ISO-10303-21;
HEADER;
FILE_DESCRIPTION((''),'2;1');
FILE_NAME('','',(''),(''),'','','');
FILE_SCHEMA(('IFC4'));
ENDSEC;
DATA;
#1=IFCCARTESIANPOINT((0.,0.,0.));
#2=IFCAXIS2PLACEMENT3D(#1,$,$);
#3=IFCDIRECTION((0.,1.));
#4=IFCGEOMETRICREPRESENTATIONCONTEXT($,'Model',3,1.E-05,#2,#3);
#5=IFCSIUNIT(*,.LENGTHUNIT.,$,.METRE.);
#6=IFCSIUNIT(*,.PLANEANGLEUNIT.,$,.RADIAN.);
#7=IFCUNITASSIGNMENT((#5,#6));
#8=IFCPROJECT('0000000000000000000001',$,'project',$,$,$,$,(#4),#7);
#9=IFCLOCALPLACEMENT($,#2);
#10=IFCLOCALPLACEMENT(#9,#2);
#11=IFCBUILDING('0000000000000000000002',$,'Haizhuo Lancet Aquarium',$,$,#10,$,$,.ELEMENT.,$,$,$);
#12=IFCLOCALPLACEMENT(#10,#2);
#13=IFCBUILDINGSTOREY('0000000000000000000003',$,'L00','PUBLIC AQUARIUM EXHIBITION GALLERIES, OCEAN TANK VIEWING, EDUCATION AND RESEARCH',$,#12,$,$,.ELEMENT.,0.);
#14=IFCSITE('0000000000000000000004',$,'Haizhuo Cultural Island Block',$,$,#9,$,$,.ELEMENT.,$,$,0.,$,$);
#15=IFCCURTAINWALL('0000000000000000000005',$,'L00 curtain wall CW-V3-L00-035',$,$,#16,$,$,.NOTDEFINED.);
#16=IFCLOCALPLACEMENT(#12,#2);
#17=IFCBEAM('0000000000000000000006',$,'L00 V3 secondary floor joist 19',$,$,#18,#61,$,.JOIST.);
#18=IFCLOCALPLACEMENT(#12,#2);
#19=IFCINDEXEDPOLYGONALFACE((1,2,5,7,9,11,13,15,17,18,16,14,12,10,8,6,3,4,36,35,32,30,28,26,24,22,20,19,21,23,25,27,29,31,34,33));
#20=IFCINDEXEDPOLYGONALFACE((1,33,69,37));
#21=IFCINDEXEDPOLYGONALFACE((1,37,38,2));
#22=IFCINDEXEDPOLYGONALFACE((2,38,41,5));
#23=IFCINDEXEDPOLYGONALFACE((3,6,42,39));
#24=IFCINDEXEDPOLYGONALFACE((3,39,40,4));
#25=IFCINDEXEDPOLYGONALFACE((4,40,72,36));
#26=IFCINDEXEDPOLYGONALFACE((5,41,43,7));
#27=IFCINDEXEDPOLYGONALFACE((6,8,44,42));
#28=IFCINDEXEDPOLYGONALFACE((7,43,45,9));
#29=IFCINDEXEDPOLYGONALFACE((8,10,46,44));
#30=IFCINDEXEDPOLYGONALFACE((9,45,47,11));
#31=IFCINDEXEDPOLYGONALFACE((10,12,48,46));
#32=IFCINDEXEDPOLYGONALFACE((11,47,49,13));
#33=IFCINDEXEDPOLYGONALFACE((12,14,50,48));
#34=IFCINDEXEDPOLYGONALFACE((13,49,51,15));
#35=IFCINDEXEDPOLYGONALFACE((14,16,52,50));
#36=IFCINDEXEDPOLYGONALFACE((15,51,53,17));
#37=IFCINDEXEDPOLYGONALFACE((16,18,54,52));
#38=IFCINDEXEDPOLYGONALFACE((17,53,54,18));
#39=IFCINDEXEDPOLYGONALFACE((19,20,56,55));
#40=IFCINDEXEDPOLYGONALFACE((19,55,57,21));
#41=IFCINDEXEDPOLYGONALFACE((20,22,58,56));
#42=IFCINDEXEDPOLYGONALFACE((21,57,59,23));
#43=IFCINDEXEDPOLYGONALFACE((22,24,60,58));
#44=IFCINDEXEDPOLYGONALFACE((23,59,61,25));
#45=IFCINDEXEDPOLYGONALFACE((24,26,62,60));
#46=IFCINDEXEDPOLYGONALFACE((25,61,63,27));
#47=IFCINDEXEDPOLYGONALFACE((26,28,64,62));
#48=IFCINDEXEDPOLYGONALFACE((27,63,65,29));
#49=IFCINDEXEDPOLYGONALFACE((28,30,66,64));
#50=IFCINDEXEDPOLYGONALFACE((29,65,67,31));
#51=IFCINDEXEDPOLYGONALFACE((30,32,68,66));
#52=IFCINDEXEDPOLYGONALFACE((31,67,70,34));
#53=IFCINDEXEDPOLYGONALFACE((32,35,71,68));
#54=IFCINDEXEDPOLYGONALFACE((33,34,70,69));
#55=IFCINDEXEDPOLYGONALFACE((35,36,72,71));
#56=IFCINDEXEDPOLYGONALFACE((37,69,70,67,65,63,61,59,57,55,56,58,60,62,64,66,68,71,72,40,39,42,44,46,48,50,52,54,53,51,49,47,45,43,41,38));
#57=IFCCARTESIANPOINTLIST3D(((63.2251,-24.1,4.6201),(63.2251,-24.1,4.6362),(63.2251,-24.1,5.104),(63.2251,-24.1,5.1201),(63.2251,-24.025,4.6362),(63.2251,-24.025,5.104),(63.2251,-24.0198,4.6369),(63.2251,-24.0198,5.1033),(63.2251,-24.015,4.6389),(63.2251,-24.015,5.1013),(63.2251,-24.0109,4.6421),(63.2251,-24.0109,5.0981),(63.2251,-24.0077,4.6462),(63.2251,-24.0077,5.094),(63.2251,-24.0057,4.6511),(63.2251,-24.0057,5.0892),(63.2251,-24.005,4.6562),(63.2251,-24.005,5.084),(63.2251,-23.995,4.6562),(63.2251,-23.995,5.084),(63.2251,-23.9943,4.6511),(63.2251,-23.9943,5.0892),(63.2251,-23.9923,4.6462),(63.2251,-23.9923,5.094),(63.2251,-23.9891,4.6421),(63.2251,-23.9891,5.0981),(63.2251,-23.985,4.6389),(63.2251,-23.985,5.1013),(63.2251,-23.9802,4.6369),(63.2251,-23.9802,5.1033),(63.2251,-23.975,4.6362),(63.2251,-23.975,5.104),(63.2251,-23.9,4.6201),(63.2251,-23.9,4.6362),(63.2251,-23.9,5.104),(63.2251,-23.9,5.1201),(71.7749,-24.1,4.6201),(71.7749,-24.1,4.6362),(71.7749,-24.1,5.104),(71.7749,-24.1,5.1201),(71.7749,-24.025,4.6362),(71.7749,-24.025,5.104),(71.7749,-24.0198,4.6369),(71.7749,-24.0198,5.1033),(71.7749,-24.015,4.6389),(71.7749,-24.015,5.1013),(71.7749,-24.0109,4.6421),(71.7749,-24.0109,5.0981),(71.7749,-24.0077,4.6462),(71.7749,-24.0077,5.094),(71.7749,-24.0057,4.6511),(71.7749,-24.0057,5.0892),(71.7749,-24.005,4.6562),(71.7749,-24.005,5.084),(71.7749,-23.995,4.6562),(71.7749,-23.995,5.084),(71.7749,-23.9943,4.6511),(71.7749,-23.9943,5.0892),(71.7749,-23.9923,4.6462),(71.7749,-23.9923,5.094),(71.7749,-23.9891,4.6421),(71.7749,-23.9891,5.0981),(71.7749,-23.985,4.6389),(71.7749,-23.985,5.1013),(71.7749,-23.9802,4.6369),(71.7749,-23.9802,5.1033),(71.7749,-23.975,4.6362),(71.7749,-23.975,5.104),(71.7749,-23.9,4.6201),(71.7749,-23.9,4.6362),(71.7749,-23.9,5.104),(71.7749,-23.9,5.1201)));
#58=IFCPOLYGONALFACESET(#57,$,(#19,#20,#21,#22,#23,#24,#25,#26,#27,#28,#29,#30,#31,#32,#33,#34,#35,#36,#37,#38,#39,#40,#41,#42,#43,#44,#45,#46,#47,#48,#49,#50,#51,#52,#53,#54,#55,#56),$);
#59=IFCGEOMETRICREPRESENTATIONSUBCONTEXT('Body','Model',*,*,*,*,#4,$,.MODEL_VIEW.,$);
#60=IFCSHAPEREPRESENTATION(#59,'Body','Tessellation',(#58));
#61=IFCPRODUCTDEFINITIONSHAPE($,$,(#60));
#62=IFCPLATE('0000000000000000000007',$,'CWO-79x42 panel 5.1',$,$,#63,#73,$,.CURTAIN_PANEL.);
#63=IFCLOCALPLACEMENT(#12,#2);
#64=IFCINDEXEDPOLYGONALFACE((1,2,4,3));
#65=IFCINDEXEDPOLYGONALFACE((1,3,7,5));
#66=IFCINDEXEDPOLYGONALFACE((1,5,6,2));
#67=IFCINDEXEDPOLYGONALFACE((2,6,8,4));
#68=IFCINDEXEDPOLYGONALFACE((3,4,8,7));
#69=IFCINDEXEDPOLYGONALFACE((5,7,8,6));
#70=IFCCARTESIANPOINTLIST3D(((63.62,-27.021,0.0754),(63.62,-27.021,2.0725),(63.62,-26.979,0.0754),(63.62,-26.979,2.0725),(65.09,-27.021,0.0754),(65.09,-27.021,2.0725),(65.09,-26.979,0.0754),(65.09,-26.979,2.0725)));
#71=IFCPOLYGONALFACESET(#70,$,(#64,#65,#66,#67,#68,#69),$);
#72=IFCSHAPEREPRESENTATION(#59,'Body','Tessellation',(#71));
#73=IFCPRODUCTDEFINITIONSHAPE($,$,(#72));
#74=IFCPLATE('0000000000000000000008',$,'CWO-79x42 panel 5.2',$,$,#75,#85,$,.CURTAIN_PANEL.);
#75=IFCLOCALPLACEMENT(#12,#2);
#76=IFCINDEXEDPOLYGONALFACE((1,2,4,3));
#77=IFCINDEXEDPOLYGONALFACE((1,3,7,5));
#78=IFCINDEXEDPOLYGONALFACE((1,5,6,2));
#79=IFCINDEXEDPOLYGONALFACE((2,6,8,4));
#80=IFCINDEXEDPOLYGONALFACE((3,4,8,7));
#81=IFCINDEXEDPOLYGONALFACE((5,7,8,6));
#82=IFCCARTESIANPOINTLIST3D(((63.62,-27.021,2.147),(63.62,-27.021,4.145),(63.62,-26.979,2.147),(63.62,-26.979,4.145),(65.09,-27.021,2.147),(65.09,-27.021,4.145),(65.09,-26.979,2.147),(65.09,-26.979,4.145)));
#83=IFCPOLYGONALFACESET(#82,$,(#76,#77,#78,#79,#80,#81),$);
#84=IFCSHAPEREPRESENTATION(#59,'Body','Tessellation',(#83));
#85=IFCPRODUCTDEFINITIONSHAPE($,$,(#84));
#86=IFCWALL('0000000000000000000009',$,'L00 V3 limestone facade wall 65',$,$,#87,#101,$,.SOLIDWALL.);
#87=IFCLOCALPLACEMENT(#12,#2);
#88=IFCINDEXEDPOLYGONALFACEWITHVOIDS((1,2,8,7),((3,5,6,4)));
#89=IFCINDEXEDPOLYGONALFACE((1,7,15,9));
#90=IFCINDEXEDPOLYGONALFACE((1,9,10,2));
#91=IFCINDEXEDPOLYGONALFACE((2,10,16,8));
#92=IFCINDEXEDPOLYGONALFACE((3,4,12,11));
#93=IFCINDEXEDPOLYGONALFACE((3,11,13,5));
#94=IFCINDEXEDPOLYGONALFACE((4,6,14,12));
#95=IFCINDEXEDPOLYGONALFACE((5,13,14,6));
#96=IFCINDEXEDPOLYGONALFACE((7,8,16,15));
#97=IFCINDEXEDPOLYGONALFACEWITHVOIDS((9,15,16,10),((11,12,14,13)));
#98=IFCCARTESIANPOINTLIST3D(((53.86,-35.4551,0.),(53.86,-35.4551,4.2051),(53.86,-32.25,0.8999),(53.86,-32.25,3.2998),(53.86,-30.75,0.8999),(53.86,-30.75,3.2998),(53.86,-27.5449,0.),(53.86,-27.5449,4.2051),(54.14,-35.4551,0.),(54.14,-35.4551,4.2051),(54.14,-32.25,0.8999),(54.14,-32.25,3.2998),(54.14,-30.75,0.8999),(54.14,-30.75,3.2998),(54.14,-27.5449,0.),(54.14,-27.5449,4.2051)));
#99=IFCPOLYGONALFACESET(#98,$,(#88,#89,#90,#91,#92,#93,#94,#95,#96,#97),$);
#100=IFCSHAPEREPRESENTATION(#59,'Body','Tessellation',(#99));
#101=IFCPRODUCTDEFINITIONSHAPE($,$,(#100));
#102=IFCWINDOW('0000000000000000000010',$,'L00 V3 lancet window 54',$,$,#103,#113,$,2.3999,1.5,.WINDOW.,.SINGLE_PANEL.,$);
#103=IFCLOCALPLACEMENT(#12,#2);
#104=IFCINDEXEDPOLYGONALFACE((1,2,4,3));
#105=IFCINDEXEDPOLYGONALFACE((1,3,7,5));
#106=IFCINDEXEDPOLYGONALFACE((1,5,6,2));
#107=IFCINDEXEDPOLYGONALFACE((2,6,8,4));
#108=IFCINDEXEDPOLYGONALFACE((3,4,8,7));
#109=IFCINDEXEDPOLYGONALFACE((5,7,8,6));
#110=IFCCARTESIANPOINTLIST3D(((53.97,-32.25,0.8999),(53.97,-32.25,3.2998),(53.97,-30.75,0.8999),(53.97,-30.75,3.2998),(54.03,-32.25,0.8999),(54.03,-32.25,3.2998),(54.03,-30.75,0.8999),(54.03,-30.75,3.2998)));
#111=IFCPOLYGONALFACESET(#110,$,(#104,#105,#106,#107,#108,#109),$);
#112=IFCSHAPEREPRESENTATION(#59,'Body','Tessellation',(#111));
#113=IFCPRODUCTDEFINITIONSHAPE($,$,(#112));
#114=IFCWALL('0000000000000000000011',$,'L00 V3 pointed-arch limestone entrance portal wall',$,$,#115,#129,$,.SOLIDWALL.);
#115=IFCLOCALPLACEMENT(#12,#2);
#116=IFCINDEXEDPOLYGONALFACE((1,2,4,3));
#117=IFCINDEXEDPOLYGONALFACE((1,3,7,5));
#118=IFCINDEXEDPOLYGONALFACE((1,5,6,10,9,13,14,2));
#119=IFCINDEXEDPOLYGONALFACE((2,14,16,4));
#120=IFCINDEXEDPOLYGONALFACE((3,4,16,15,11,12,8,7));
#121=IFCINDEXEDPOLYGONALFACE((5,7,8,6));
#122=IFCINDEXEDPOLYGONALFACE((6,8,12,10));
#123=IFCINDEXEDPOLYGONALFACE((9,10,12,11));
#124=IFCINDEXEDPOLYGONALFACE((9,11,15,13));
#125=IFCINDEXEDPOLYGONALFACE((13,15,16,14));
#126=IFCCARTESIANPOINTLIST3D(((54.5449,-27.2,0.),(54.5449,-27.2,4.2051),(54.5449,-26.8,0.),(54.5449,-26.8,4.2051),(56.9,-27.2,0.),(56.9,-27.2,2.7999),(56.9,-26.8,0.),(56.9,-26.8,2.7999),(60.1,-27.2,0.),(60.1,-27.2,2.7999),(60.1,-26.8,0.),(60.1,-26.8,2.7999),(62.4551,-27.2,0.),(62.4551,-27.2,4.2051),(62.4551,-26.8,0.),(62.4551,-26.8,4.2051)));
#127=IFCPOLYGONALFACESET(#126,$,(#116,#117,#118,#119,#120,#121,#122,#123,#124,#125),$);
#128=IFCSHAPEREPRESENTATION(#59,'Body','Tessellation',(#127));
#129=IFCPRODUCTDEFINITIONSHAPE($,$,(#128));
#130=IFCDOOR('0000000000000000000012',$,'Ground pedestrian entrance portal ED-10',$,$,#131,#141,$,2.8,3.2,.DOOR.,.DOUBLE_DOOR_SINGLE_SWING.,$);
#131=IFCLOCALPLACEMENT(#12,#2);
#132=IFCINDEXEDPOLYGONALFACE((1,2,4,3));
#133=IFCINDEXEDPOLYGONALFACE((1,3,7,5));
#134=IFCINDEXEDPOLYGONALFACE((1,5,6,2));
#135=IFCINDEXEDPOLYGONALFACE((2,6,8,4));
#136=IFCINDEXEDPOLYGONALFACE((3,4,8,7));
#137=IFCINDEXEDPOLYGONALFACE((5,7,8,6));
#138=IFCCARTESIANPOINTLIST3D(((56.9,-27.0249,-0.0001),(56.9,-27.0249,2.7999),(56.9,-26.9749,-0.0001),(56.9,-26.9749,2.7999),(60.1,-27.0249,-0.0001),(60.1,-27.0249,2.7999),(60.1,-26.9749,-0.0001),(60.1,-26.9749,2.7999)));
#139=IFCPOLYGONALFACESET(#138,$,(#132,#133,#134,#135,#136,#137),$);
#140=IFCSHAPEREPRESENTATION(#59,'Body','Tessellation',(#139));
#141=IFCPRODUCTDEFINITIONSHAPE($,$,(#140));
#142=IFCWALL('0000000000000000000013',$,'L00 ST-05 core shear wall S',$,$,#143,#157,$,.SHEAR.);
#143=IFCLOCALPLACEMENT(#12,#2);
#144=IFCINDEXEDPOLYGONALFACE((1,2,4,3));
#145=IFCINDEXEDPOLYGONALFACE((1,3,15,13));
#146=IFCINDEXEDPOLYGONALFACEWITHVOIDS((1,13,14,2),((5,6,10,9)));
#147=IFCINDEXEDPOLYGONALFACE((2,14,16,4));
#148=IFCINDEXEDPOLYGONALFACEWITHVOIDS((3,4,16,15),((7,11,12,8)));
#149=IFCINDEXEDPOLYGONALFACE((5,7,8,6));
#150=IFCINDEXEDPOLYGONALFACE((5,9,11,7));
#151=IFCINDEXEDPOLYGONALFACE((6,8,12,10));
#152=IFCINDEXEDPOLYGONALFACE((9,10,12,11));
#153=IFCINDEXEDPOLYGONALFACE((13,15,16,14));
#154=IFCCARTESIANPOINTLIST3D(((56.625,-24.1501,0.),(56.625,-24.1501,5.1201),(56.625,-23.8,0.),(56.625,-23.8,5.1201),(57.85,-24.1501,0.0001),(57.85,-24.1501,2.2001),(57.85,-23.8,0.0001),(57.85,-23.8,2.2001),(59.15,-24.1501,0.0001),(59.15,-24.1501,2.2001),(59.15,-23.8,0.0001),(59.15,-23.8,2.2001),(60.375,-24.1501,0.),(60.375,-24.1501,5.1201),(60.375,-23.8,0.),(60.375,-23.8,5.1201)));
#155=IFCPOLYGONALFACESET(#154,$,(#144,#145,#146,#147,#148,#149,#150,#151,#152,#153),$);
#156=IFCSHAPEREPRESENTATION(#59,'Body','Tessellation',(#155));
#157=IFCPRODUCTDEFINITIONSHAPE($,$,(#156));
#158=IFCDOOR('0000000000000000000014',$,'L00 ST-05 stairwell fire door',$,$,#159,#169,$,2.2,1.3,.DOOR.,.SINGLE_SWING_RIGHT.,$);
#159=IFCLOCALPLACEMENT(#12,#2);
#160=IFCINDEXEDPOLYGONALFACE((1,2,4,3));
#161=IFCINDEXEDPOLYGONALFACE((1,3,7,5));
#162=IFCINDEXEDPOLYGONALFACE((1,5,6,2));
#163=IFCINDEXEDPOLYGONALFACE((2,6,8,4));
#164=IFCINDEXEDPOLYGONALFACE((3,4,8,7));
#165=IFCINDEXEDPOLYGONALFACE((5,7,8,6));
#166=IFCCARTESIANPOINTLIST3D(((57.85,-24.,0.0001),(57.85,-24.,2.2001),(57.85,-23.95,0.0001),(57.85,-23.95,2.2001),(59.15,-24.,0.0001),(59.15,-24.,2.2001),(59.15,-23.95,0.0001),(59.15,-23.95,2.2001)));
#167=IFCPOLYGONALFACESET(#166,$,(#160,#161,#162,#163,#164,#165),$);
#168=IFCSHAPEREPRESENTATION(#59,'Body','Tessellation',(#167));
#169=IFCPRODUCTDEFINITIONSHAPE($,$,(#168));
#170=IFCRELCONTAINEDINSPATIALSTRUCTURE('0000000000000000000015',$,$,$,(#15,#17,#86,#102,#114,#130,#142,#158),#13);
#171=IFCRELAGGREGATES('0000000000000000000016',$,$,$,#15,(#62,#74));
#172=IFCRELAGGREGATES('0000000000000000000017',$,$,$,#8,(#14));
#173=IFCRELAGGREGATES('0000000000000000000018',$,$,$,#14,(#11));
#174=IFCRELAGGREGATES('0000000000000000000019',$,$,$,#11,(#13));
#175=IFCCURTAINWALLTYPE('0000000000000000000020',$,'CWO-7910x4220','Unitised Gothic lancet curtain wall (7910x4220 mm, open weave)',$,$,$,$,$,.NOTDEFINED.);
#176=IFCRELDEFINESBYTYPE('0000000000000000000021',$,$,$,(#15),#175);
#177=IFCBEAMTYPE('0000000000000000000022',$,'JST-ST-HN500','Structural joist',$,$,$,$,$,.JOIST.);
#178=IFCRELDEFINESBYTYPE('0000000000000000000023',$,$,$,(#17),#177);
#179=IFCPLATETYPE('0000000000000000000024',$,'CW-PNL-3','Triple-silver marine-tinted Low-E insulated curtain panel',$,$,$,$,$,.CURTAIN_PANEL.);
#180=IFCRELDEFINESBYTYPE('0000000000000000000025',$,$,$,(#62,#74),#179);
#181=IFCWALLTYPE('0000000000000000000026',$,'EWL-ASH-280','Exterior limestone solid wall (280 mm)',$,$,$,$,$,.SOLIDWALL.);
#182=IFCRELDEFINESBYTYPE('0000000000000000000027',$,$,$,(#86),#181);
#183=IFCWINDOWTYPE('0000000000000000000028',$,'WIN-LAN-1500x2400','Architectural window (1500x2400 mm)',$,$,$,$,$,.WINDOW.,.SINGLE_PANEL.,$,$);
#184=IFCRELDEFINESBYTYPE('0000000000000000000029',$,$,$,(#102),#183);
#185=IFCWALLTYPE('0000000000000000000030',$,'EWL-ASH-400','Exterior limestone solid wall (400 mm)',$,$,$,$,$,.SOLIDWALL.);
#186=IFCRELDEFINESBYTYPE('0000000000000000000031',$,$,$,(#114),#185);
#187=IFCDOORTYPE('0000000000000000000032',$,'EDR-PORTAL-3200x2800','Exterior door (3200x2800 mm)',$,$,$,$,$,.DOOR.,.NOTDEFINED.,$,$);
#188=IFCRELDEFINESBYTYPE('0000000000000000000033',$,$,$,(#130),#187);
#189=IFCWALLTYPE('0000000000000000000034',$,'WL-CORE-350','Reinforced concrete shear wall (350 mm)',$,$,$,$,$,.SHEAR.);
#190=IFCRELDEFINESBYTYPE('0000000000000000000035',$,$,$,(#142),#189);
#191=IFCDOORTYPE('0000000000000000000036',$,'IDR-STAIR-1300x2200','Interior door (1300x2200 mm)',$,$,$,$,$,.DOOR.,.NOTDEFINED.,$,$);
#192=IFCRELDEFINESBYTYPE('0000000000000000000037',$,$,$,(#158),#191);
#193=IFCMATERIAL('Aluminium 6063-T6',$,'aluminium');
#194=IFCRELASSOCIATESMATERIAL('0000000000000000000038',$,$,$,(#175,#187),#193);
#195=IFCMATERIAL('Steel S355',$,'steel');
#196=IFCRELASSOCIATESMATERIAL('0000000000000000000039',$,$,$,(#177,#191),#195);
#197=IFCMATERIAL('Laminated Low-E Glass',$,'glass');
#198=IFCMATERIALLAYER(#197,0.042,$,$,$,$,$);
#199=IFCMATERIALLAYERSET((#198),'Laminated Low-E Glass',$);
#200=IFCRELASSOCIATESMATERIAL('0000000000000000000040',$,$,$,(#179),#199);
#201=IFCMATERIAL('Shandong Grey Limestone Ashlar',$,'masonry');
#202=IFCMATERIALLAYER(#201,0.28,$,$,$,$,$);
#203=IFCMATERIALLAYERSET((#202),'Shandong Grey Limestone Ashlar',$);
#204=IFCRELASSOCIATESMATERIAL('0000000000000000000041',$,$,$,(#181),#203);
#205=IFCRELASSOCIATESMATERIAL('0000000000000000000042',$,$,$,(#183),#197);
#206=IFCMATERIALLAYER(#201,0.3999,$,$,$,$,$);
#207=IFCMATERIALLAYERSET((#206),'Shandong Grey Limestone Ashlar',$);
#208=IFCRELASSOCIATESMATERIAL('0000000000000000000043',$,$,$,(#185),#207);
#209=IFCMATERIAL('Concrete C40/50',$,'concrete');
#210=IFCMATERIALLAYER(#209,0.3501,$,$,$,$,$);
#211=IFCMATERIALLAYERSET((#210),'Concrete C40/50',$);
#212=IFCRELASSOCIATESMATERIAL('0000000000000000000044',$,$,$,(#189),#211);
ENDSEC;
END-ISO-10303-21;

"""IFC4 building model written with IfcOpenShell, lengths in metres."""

from ifc_helpers import new_model, si_unit, direction, frame, frame_2d, origin, origin_2d, place, context, subcontext, project, spatial, rectangle, i_section, extrude, material, layer, layer_set, material_profile, profile_set, type_object, element, fill, aggregate, save


model = new_model("IFC4")

# Units and contexts
model_context = context("Model", 3, precision=1e-05, world=origin(), true_north=direction((0.0, 1.0)))
body_context = subcontext(model_context, "Body", "Model", "MODEL_VIEW")
ifc_project = project(units=[si_unit("LENGTHUNIT", "METRE"), si_unit("PLANEANGLEUNIT", "RADIAN")], contexts=[model_context])

# Site, building, storey
site_placement = place(None, origin())
site = spatial("IfcSite", under=ifc_project, at=site_placement, Name="Haizhuo Cultural Island Block", CompositionType="ELEMENT", RefElevation=0.0)
building_placement = place(site_placement, origin())
building = spatial("IfcBuilding", under=site, at=building_placement, Name="Haizhuo Lancet Aquarium", CompositionType="ELEMENT")
storey_placement = place(building_placement, origin())
storey = spatial("IfcBuildingStorey", under=building, at=storey_placement, Name="L00", Description="PUBLIC AQUARIUM EXHIBITION GALLERIES, OCEAN TANK VIEWING, EDUCATION AND RESEARCH", CompositionType="ELEMENT", Elevation=0.0)

# Shared definitions
ifc_material_1 = material(Name="Concrete C40/50", Category="concrete")

# Curtain wall
ifc_material_2 = material(Name="Aluminium 6063-T6", Category="aluminium")
curtain_wall_type = type_object("IfcCurtainWallType", Name="CWO-7910x4220", Description="Unitised Gothic lancet curtain wall (7910x4220 mm, open weave)", PredefinedType="NOTDEFINED", material=ifc_material_2)
curtain_wall_placement = place(storey_placement, origin())
curtain_wall = element("IfcCurtainWall", 1, at=curtain_wall_placement, inside=storey, type_object=curtain_wall_type, Name="L00 curtain wall CW-V3-L00-035", PredefinedType="NOTDEFINED")

# Beam
ifc_material_3 = material(Name="Steel S355", Category="steel")
ifc_material_profile_1 = material_profile(ifc_material_3, i_section(OverallWidth=0.2, OverallDepth=0.5, WebThickness=0.01, FlangeThickness=0.0161, FilletRadius=0.02, at=origin_2d()), Name="HN 500x200x10x16")
ifc_profile_set_1 = profile_set([ifc_material_profile_1], Name="Steel S355")
beam_type_1 = type_object("IfcBeamType", Name="JST-ST-HN500", Description="Structural joist", PredefinedType="JOIST", material=ifc_profile_set_1)
beam_1_placement = place(storey_placement, frame((63.2251, -24.0, 4.8701), z_axis=(1.0, 0.0, 0.0), x_axis=(0.0, 1.0, 0.0)))
element("IfcBeam", 2, at=beam_1_placement, inside=storey, type_object=beam_type_1, Name="L00 V3 secondary floor joist 19", PredefinedType="JOIST", context=body_context, shape_type="SweptSolid", body=[
    extrude(i_section(OverallWidth=0.2, OverallDepth=0.5, WebThickness=0.01, FlangeThickness=0.0161, FilletRadius=0.02, at=origin_2d()), origin(), (0.0, 0.0, 1.0), 8.5498),
])

# Plates
ifc_material_4 = material(Name="Laminated Low-E Glass", Category="glass")
ifc_layer_1 = layer(ifc_material_4, 0.042)
ifc_layer_set_1 = layer_set([ifc_layer_1], Name="Laminated Low-E Glass")
plate_type = type_object("IfcPlateType", Name="CW-PNL-3", Description="Triple-silver marine-tinted Low-E insulated curtain panel", PredefinedType="CURTAIN_PANEL", material=ifc_layer_set_1)
plate_1_placement = place(storey_placement, frame((64.355, -27.0, 0.0754), z_axis=(0.0, 0.0, 1.0), x_axis=(-1.0, 0.0, 0.0)))
plate_1 = element("IfcPlate", 3, at=plate_1_placement, type_object=plate_type, Name="CWO-79x42 panel 5.1", PredefinedType="CURTAIN_PANEL", context=body_context, shape_type="SweptSolid", body=[
    extrude(rectangle(XDim=1.47, YDim=0.042, at=origin_2d()), origin(), (0.0, 0.0, 1.0), 1.9971),
])
plate_2_placement = place(storey_placement, frame((64.355, -27.0, 2.147), z_axis=(0.0, 0.0, 1.0), x_axis=(-1.0, 0.0, 0.0)))
plate_2 = element("IfcPlate", 4, at=plate_2_placement, type_object=plate_type, Name="CWO-79x42 panel 5.2", PredefinedType="CURTAIN_PANEL", context=body_context, shape_type="SweptSolid", body=[
    extrude(rectangle(XDim=1.47, YDim=0.042, at=origin_2d()), origin(), (0.0, 0.0, 1.0), 1.998),
])
aggregate(curtain_wall, [plate_1, plate_2])

# Wall, opening, window
ifc_material_5 = material(Name="Shandong Grey Limestone Ashlar", Category="masonry")
ifc_layer_2 = layer(ifc_material_5, 0.28)
ifc_layer_set_2 = layer_set([ifc_layer_2], Name="Shandong Grey Limestone Ashlar")
wall_type_1 = type_object("IfcWallType", Name="EWL-ASH-280", Description="Exterior limestone solid wall (280 mm)", PredefinedType="SOLIDWALL", material=ifc_layer_set_2)
wall_1_placement = place(storey_placement, frame((54.0, -27.5449, 0.0), z_axis=(0.0, 0.0, 1.0), x_axis=(0.0, -1.0, 0.0)))
wall_1 = element("IfcWall", 5, at=wall_1_placement, inside=storey, type_object=wall_type_1, Name="L00 V3 limestone facade wall 65", PredefinedType="SOLIDWALL", context=body_context, shape_type="SweptSolid", body=[
    extrude(rectangle(XDim=7.9102, YDim=0.28, at=frame_2d((3.9551, 0.0))), origin(), (0.0, 0.0, 1.0), 4.2051),
])
opening_1_placement = place(wall_1_placement, frame((3.2051, 0.0, 0.8999)))
opening_1 = element("IfcOpeningElement", 6, at=opening_1_placement, cuts=wall_1, PredefinedType="OPENING", context=body_context, shape_type="SweptSolid", body=[
    extrude(rectangle(XDim=1.5, YDim=2.3999, at=frame_2d((0.75, 1.2))), frame((0.0, 0.1499, 0.0), z_axis=(0.0, -1.0, 0.0), x_axis=(1.0, 0.0, 0.0)), (0.0, 0.0, 1.0), 0.3),
])
window_type = type_object("IfcWindowType", Name="WIN-LAN-1500x2400", Description="Architectural window (1500x2400 mm)", PartitioningType="SINGLE_PANEL", PredefinedType="WINDOW", material=ifc_material_4)
window_placement = place(opening_1_placement, origin())
window = element("IfcWindow", 7, at=window_placement, inside=storey, type_object=window_type, Name="L00 V3 lancet window 54", OverallHeight=2.3999, OverallWidth=1.5, PartitioningType="SINGLE_PANEL", PredefinedType="WINDOW", context=body_context, shape_type="SweptSolid", body=[
    extrude(rectangle(XDim=1.5, YDim=2.3999, at=frame_2d((0.75, 1.2))), frame((0.0, 0.03, 0.0), z_axis=(0.0, -1.0, 0.0), x_axis=(1.0, 0.0, 0.0)), (0.0, 0.0, 1.0), 0.0601),
])
fill(opening_1, window)

# Walls, openings, doors
ifc_layer_3 = layer(ifc_material_5, 0.3999)
ifc_layer_set_3 = layer_set([ifc_layer_3], Name="Shandong Grey Limestone Ashlar")
wall_type_2 = type_object("IfcWallType", Name="EWL-ASH-400", Description="Exterior limestone solid wall (400 mm)", PredefinedType="SOLIDWALL", material=ifc_layer_set_3)
wall_2_placement = place(storey_placement, frame((62.4551, -27.0, 0.0), z_axis=(0.0, 0.0, 1.0), x_axis=(-1.0, 0.0, 0.0)))
wall_2 = element("IfcWall", 8, at=wall_2_placement, inside=storey, type_object=wall_type_2, Name="L00 V3 pointed-arch limestone entrance portal wall", PredefinedType="SOLIDWALL", context=body_context, shape_type="SweptSolid", body=[
    extrude(rectangle(XDim=7.9102, YDim=0.3999, at=frame_2d((3.9551, 0.0))), origin(), (0.0, 0.0, 1.0), 4.2051),
])
opening_2_placement = place(wall_2_placement, frame((2.355, 0.0, 0.0)))
opening_2 = element("IfcOpeningElement", 9, at=opening_2_placement, cuts=wall_2, PredefinedType="OPENING", context=body_context, shape_type="SweptSolid", body=[
    extrude(rectangle(XDim=3.2, YDim=2.8, at=frame_2d((1.6001, 1.3999))), frame((0.0, 0.21, 0.0), z_axis=(0.0, -1.0, 0.0), x_axis=(1.0, 0.0, 0.0)), (0.0, 0.0, 1.0), 0.4199),
])
door_type_1 = type_object("IfcDoorType", Name="EDR-PORTAL-3200x2800", Description="Exterior door (3200x2800 mm)", OperationType="NOTDEFINED", PredefinedType="DOOR", material=ifc_material_2)
door_1_placement = place(opening_2_placement, origin())
door_1 = element("IfcDoor", 10, at=door_1_placement, inside=storey, type_object=door_type_1, Name="Ground pedestrian entrance portal ED-10", OperationType="DOUBLE_DOOR_SINGLE_SWING", OverallHeight=2.8, OverallWidth=3.2, PredefinedType="DOOR", context=body_context, shape_type="SweptSolid", body=[
    extrude(rectangle(XDim=3.2, YDim=2.8, at=frame_2d((1.6001, 1.3999))), frame((0.0, 0.0249, 0.0), z_axis=(0.0, -1.0, 0.0), x_axis=(1.0, 0.0, 0.0)), (0.0, 0.0, 1.0), 0.05),
])
fill(opening_2, door_1)
ifc_layer_4 = layer(ifc_material_1, 0.3501)
ifc_layer_set_4 = layer_set([ifc_layer_4], Name="Concrete C40/50")
wall_type_3 = type_object("IfcWallType", Name="WL-CORE-350", Description="Reinforced concrete shear wall (350 mm)", PredefinedType="SHEAR", material=ifc_layer_set_4)
wall_3_placement = place(storey_placement, frame((60.375, -23.9751, 0.0), z_axis=(0.0, 0.0, 1.0), x_axis=(-1.0, 0.0, 0.0)))
wall_3 = element("IfcWall", 11, at=wall_3_placement, inside=storey, type_object=wall_type_3, Name="L00 ST-05 core shear wall S", PredefinedType="SHEAR", context=body_context, shape_type="SweptSolid", body=[
    extrude(rectangle(XDim=3.75, YDim=0.3501, at=frame_2d((1.875, 0.0))), origin(), (0.0, 0.0, 1.0), 5.1201),
])
opening_3_placement = place(wall_3_placement, frame((1.2251, 0.0, 0.0)))
opening_3 = element("IfcOpeningElement", 12, at=opening_3_placement, cuts=wall_3, PredefinedType="OPENING", context=body_context, shape_type="SweptSolid", body=[
    extrude(rectangle(XDim=1.3, YDim=2.2, at=frame_2d((0.6499, 1.1001))), frame((0.0, 0.1851, 0.0), z_axis=(0.0, -1.0, 0.0), x_axis=(1.0, 0.0, 0.0)), (0.0, 0.0, 1.0), 0.3701),
])
door_type_2 = type_object("IfcDoorType", Name="IDR-STAIR-1300x2200", Description="Interior door (1300x2200 mm)", OperationType="NOTDEFINED", PredefinedType="DOOR", material=ifc_material_3)
door_2_placement = place(opening_3_placement, origin())
door_2 = element("IfcDoor", 13, at=door_2_placement, inside=storey, type_object=door_type_2, Name="L00 ST-05 stairwell fire door", OperationType="SINGLE_SWING_RIGHT", OverallHeight=2.2, OverallWidth=1.3, PredefinedType="DOOR", context=body_context, shape_type="SweptSolid", body=[
    extrude(rectangle(XDim=1.3, YDim=2.2, at=frame_2d((0.6499, 1.1001))), frame((0.0, 0.0249, 0.0), z_axis=(0.0, -1.0, 0.0), x_axis=(1.0, 0.0, 0.0)), (0.0, 0.0, 1.0), 0.05),
])
fill(opening_3, door_2)

save(model, "model.ifc")
